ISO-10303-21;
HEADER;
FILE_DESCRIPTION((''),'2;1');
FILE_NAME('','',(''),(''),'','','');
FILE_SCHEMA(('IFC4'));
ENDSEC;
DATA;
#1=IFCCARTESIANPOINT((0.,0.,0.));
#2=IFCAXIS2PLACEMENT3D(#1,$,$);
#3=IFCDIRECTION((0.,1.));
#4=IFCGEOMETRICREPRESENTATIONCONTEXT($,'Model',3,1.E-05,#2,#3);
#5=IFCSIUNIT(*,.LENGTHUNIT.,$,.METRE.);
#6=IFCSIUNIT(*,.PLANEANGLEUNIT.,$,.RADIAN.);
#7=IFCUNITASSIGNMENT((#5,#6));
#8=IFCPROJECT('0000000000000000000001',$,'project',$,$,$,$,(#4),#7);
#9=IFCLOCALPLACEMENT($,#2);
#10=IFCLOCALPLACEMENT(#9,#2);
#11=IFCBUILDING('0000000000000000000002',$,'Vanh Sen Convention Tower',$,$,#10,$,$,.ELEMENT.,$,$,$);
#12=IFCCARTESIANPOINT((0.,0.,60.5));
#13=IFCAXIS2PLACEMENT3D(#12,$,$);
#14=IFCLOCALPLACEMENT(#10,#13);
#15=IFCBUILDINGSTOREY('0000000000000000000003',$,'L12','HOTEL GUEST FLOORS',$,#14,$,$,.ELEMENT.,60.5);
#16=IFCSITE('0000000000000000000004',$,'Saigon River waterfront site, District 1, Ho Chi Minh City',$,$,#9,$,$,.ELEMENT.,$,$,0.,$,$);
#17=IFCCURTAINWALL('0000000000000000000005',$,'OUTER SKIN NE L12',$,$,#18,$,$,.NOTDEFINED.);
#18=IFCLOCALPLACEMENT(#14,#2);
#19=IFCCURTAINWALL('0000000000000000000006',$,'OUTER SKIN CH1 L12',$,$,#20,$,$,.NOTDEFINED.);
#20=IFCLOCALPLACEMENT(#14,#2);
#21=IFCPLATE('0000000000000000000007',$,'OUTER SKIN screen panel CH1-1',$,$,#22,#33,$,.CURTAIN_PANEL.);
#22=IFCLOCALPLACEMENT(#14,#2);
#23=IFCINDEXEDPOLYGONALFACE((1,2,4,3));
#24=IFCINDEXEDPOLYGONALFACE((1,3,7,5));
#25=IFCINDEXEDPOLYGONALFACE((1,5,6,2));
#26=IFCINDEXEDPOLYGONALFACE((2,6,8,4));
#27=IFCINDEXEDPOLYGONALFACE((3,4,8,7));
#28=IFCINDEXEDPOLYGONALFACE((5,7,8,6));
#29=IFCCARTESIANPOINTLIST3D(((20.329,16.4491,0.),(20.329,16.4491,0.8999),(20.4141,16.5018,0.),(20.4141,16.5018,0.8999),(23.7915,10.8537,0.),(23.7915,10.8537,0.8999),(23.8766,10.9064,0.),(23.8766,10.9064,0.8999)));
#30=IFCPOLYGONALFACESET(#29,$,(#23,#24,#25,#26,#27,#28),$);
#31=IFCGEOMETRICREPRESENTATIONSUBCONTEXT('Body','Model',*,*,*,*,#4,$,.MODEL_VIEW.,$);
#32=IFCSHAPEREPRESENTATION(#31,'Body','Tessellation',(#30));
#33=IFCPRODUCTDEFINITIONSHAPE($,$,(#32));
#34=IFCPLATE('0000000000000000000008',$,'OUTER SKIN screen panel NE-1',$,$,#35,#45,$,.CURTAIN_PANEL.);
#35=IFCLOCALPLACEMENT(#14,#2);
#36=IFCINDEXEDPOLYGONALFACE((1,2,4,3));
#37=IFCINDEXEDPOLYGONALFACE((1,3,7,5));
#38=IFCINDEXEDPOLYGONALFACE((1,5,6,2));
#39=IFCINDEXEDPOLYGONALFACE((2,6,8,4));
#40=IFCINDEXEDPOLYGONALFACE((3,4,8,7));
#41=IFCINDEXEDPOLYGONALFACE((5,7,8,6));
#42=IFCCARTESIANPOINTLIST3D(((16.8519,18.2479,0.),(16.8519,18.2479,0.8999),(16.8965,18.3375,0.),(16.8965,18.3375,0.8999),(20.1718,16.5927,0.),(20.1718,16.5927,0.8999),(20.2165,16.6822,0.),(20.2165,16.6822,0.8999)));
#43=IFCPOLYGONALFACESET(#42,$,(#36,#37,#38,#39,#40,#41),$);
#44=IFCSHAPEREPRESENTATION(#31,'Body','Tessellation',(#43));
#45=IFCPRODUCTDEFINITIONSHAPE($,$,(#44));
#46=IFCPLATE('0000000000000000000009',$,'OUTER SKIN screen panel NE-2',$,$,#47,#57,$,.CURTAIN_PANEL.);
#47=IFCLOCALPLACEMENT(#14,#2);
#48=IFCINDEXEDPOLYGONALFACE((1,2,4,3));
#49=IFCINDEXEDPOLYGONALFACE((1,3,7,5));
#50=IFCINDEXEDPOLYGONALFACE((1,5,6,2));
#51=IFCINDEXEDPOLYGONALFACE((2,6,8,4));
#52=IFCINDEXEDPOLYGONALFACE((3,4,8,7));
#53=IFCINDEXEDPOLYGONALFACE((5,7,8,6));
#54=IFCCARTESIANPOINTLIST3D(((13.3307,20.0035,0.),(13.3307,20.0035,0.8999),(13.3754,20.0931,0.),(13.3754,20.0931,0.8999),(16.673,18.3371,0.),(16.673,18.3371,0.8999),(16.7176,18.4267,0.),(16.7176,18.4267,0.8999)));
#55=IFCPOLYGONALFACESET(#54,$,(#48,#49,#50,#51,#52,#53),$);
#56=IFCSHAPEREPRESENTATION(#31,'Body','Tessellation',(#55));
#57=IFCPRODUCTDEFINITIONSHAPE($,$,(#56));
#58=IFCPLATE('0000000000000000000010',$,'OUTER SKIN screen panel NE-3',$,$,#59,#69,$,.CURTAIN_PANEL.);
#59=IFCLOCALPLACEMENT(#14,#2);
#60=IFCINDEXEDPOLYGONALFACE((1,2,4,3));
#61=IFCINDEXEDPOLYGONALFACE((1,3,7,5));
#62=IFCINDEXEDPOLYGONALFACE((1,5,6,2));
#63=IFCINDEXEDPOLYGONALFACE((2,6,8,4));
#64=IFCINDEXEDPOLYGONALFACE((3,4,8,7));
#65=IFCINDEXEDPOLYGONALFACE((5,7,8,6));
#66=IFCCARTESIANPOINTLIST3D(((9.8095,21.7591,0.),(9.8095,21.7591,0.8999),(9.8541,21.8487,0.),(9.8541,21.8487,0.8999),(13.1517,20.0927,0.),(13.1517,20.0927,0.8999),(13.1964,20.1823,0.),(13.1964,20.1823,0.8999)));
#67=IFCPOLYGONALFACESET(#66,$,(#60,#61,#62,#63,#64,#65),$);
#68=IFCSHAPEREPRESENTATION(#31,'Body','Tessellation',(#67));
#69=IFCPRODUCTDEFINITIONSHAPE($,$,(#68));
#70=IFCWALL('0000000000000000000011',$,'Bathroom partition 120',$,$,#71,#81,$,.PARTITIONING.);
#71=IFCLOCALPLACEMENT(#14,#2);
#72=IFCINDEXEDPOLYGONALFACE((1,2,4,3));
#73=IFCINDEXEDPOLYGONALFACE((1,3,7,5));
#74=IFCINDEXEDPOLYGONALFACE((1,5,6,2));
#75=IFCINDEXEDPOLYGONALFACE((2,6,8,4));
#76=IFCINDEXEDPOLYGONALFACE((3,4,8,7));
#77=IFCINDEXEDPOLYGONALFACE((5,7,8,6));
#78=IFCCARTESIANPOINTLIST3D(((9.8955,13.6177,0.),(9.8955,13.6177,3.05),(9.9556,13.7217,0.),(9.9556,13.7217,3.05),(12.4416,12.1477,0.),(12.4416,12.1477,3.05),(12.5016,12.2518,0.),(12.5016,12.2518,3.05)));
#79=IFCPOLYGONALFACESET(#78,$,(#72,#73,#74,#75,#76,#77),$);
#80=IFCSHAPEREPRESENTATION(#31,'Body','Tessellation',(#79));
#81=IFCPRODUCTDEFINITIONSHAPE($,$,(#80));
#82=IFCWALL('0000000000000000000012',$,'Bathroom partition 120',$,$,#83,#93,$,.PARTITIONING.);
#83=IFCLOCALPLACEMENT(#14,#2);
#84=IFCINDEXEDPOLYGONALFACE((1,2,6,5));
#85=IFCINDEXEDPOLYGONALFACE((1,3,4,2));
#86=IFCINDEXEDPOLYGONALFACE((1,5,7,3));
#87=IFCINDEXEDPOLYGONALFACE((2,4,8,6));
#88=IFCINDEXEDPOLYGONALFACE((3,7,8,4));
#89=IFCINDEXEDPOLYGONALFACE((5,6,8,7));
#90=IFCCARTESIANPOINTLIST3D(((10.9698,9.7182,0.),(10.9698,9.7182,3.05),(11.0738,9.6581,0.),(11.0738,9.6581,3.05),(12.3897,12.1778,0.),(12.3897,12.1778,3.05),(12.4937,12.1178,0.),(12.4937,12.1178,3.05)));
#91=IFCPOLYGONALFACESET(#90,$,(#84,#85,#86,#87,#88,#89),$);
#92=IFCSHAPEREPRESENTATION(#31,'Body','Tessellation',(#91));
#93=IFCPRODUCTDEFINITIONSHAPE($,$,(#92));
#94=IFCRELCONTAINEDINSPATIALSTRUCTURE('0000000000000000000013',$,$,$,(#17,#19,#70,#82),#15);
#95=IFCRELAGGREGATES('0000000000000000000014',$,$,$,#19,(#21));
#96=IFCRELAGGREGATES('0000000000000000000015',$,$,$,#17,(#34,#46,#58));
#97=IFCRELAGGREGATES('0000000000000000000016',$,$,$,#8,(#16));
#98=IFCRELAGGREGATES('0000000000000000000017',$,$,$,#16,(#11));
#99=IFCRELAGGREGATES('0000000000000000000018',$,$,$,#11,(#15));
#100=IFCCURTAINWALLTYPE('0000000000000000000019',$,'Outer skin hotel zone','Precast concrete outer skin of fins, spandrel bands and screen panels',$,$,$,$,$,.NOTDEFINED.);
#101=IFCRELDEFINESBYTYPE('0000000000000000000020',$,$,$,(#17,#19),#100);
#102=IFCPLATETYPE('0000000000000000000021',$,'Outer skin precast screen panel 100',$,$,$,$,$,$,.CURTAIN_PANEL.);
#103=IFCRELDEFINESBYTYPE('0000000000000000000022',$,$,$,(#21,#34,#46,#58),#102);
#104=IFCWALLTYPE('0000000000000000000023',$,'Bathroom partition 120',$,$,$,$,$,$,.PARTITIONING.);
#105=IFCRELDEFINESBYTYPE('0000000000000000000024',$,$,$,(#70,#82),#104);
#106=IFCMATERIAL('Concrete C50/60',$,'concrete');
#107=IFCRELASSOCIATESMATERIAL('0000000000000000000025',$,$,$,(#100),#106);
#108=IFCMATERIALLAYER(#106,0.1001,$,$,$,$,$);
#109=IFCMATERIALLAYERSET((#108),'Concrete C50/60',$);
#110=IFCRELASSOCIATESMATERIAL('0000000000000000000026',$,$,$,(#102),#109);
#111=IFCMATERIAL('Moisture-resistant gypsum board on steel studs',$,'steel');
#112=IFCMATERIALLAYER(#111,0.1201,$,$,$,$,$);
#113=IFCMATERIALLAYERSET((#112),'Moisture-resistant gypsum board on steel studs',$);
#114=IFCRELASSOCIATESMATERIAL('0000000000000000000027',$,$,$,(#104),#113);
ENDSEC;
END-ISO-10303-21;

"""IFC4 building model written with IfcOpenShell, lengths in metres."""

from ifc_helpers import new_model, si_unit, direction, frame, frame_2d, origin, origin_2d, place, context, subcontext, project, spatial, rectangle, extrude, material, layer, layer_set, type_object, element, aggregate, save


model = new_model("IFC4")

# Units and contexts
model_context = context("Model", 3, precision=1e-05, world=origin(), true_north=direction((0.0, 1.0)))
body_context = subcontext(model_context, "Body", "Model", "MODEL_VIEW")
ifc_project = project(units=[si_unit("LENGTHUNIT", "METRE"), si_unit("PLANEANGLEUNIT", "RADIAN")], contexts=[model_context])

# Site, building, storey
site_placement = place(None, origin())
site = spatial("IfcSite", under=ifc_project, at=site_placement, Name="Saigon River waterfront site, District 1, Ho Chi Minh City", CompositionType="ELEMENT", RefElevation=0.0)
building_placement = place(site_placement, origin())
building = spatial("IfcBuilding", under=site, at=building_placement, Name="Vanh Sen Convention Tower", CompositionType="ELEMENT")
storey_placement = place(building_placement, frame((0.0, 0.0, 60.5)))
storey = spatial("IfcBuildingStorey", under=building, at=storey_placement, Name="L12", Description="HOTEL GUEST FLOORS", CompositionType="ELEMENT", Elevation=60.5)

# Curtain wall
ifc_material_1 = material(Name="Concrete C50/60", Category="concrete")
curtain_wall_type = type_object("IfcCurtainWallType", Name="Outer skin hotel zone", Description="Precast concrete outer skin of fins, spandrel bands and screen panels", PredefinedType="NOTDEFINED", material=ifc_material_1)
curtain_wall_1_placement = place(storey_placement, origin())
curtain_wall_1 = element("IfcCurtainWall", 1, at=curtain_wall_1_placement, inside=storey, type_object=curtain_wall_type, Name="OUTER SKIN NE L12", PredefinedType="NOTDEFINED")

# Curtain wall, plate
curtain_wall_2_placement = place(storey_placement, origin())
curtain_wall_2 = element("IfcCurtainWall", 2, at=curtain_wall_2_placement, inside=storey, type_object=curtain_wall_type, Name="OUTER SKIN CH1 L12", PredefinedType="NOTDEFINED")
ifc_layer_1 = layer(ifc_material_1, 0.1001)
ifc_layer_set_1 = layer_set([ifc_layer_1], Name="Concrete C50/60")
plate_type = type_object("IfcPlateType", Name="Outer skin precast screen panel 100", PredefinedType="CURTAIN_PANEL", material=ifc_layer_set_1)
plate_1_placement = place(storey_placement, frame((22.1028, 13.6777, 0.0), z_axis=(0.0, 0.0, 1.0), x_axis=(-0.526212, 0.850353, 0.0)))
plate_1 = element("IfcPlate", 3, at=plate_1_placement, type_object=plate_type, Name="OUTER SKIN screen panel CH1-1", PredefinedType="CURTAIN_PANEL", context=body_context, shape_type="SweptSolid", body=[
    extrude(rectangle(XDim=6.5801, YDim=0.1001, at=origin_2d()), origin(), (0.0, 0.0, 1.0), 0.8999),
])
aggregate(curtain_wall_2, [plate_1])

# Plates
plate_2_placement = place(storey_placement, frame((18.5342, 17.4651, 0.0), z_axis=(0.0, 0.0, 1.0), x_axis=(-0.894935, 0.446196, 0.0)))
plate_2 = element("IfcPlate", 4, at=plate_2_placement, type_object=plate_type, Name="OUTER SKIN screen panel NE-1", PredefinedType="CURTAIN_PANEL", context=body_context, shape_type="SweptSolid", body=[
    extrude(rectangle(XDim=3.7097, YDim=0.1001, at=origin_2d()), origin(), (0.0, 0.0, 1.0), 0.8999),
])
plate_3_placement = place(storey_placement, frame((15.0242, 19.2151, 0.0), z_axis=(0.0, 0.0, 1.0), x_axis=(-0.894935, 0.446196, 0.0)))
plate_3 = element("IfcPlate", 5, at=plate_3_placement, type_object=plate_type, Name="OUTER SKIN screen panel NE-2", PredefinedType="CURTAIN_PANEL", context=body_context, shape_type="SweptSolid", body=[
    extrude(rectangle(XDim=3.7346, YDim=0.1001, at=origin_2d()), origin(), (0.0, 0.0, 1.0), 0.8999),
])
plate_4_placement = place(storey_placement, frame((11.5029, 20.9707, 0.0), z_axis=(0.0, 0.0, 1.0), x_axis=(-0.894935, 0.446196, 0.0)))
plate_4 = element("IfcPlate", 6, at=plate_4_placement, type_object=plate_type, Name="OUTER SKIN screen panel NE-3", PredefinedType="CURTAIN_PANEL", context=body_context, shape_type="SweptSolid", body=[
    extrude(rectangle(XDim=3.7346, YDim=0.1001, at=origin_2d()), origin(), (0.0, 0.0, 1.0), 0.8999),
])
aggregate(curtain_wall_1, [plate_2, plate_3, plate_4])

# Walls
ifc_material_2 = material(Name="Moisture-resistant gypsum board on steel studs", Category="steel")
ifc_layer_2 = layer(ifc_material_2, 0.1201)
ifc_layer_set_2 = layer_set([ifc_layer_2], Name="Moisture-resistant gypsum board on steel studs")
wall_type_1 = type_object("IfcWallType", Name="Bathroom partition 120", PredefinedType="PARTITIONING", material=ifc_layer_set_2)
wall_1_placement = place(storey_placement, frame((9.9255, 13.6697, 0.0), z_axis=(0.0, 0.0, 1.0), x_axis=(0.866032, -0.499988, 0.0)))
element("IfcWall", 7, at=wall_1_placement, inside=storey, type_object=wall_type_1, Name="Bathroom partition 120", PredefinedType="PARTITIONING", context=body_context, shape_type="SweptSolid", body=[
    extrude(rectangle(XDim=2.9399, YDim=0.1201, at=frame_2d((1.47, 0.0))), origin(), (0.0, 0.0, 1.0), 3.05),
])
wall_2_placement = place(storey_placement, frame((12.4417, 12.1477, 0.0), z_axis=(0.0, 0.0, 1.0), x_axis=(-0.499948, -0.866055, 0.0)))
element("IfcWall", 8, at=wall_2_placement, inside=storey, type_object=wall_type_1, Name="Bathroom partition 120", PredefinedType="PARTITIONING", context=body_context, shape_type="SweptSolid", body=[
    extrude(rectangle(XDim=2.8401, YDim=0.1201, at=frame_2d((1.4199, 0.0))), origin(), (0.0, 0.0, 1.0), 3.05),
])

save(model, "model.ifc")
